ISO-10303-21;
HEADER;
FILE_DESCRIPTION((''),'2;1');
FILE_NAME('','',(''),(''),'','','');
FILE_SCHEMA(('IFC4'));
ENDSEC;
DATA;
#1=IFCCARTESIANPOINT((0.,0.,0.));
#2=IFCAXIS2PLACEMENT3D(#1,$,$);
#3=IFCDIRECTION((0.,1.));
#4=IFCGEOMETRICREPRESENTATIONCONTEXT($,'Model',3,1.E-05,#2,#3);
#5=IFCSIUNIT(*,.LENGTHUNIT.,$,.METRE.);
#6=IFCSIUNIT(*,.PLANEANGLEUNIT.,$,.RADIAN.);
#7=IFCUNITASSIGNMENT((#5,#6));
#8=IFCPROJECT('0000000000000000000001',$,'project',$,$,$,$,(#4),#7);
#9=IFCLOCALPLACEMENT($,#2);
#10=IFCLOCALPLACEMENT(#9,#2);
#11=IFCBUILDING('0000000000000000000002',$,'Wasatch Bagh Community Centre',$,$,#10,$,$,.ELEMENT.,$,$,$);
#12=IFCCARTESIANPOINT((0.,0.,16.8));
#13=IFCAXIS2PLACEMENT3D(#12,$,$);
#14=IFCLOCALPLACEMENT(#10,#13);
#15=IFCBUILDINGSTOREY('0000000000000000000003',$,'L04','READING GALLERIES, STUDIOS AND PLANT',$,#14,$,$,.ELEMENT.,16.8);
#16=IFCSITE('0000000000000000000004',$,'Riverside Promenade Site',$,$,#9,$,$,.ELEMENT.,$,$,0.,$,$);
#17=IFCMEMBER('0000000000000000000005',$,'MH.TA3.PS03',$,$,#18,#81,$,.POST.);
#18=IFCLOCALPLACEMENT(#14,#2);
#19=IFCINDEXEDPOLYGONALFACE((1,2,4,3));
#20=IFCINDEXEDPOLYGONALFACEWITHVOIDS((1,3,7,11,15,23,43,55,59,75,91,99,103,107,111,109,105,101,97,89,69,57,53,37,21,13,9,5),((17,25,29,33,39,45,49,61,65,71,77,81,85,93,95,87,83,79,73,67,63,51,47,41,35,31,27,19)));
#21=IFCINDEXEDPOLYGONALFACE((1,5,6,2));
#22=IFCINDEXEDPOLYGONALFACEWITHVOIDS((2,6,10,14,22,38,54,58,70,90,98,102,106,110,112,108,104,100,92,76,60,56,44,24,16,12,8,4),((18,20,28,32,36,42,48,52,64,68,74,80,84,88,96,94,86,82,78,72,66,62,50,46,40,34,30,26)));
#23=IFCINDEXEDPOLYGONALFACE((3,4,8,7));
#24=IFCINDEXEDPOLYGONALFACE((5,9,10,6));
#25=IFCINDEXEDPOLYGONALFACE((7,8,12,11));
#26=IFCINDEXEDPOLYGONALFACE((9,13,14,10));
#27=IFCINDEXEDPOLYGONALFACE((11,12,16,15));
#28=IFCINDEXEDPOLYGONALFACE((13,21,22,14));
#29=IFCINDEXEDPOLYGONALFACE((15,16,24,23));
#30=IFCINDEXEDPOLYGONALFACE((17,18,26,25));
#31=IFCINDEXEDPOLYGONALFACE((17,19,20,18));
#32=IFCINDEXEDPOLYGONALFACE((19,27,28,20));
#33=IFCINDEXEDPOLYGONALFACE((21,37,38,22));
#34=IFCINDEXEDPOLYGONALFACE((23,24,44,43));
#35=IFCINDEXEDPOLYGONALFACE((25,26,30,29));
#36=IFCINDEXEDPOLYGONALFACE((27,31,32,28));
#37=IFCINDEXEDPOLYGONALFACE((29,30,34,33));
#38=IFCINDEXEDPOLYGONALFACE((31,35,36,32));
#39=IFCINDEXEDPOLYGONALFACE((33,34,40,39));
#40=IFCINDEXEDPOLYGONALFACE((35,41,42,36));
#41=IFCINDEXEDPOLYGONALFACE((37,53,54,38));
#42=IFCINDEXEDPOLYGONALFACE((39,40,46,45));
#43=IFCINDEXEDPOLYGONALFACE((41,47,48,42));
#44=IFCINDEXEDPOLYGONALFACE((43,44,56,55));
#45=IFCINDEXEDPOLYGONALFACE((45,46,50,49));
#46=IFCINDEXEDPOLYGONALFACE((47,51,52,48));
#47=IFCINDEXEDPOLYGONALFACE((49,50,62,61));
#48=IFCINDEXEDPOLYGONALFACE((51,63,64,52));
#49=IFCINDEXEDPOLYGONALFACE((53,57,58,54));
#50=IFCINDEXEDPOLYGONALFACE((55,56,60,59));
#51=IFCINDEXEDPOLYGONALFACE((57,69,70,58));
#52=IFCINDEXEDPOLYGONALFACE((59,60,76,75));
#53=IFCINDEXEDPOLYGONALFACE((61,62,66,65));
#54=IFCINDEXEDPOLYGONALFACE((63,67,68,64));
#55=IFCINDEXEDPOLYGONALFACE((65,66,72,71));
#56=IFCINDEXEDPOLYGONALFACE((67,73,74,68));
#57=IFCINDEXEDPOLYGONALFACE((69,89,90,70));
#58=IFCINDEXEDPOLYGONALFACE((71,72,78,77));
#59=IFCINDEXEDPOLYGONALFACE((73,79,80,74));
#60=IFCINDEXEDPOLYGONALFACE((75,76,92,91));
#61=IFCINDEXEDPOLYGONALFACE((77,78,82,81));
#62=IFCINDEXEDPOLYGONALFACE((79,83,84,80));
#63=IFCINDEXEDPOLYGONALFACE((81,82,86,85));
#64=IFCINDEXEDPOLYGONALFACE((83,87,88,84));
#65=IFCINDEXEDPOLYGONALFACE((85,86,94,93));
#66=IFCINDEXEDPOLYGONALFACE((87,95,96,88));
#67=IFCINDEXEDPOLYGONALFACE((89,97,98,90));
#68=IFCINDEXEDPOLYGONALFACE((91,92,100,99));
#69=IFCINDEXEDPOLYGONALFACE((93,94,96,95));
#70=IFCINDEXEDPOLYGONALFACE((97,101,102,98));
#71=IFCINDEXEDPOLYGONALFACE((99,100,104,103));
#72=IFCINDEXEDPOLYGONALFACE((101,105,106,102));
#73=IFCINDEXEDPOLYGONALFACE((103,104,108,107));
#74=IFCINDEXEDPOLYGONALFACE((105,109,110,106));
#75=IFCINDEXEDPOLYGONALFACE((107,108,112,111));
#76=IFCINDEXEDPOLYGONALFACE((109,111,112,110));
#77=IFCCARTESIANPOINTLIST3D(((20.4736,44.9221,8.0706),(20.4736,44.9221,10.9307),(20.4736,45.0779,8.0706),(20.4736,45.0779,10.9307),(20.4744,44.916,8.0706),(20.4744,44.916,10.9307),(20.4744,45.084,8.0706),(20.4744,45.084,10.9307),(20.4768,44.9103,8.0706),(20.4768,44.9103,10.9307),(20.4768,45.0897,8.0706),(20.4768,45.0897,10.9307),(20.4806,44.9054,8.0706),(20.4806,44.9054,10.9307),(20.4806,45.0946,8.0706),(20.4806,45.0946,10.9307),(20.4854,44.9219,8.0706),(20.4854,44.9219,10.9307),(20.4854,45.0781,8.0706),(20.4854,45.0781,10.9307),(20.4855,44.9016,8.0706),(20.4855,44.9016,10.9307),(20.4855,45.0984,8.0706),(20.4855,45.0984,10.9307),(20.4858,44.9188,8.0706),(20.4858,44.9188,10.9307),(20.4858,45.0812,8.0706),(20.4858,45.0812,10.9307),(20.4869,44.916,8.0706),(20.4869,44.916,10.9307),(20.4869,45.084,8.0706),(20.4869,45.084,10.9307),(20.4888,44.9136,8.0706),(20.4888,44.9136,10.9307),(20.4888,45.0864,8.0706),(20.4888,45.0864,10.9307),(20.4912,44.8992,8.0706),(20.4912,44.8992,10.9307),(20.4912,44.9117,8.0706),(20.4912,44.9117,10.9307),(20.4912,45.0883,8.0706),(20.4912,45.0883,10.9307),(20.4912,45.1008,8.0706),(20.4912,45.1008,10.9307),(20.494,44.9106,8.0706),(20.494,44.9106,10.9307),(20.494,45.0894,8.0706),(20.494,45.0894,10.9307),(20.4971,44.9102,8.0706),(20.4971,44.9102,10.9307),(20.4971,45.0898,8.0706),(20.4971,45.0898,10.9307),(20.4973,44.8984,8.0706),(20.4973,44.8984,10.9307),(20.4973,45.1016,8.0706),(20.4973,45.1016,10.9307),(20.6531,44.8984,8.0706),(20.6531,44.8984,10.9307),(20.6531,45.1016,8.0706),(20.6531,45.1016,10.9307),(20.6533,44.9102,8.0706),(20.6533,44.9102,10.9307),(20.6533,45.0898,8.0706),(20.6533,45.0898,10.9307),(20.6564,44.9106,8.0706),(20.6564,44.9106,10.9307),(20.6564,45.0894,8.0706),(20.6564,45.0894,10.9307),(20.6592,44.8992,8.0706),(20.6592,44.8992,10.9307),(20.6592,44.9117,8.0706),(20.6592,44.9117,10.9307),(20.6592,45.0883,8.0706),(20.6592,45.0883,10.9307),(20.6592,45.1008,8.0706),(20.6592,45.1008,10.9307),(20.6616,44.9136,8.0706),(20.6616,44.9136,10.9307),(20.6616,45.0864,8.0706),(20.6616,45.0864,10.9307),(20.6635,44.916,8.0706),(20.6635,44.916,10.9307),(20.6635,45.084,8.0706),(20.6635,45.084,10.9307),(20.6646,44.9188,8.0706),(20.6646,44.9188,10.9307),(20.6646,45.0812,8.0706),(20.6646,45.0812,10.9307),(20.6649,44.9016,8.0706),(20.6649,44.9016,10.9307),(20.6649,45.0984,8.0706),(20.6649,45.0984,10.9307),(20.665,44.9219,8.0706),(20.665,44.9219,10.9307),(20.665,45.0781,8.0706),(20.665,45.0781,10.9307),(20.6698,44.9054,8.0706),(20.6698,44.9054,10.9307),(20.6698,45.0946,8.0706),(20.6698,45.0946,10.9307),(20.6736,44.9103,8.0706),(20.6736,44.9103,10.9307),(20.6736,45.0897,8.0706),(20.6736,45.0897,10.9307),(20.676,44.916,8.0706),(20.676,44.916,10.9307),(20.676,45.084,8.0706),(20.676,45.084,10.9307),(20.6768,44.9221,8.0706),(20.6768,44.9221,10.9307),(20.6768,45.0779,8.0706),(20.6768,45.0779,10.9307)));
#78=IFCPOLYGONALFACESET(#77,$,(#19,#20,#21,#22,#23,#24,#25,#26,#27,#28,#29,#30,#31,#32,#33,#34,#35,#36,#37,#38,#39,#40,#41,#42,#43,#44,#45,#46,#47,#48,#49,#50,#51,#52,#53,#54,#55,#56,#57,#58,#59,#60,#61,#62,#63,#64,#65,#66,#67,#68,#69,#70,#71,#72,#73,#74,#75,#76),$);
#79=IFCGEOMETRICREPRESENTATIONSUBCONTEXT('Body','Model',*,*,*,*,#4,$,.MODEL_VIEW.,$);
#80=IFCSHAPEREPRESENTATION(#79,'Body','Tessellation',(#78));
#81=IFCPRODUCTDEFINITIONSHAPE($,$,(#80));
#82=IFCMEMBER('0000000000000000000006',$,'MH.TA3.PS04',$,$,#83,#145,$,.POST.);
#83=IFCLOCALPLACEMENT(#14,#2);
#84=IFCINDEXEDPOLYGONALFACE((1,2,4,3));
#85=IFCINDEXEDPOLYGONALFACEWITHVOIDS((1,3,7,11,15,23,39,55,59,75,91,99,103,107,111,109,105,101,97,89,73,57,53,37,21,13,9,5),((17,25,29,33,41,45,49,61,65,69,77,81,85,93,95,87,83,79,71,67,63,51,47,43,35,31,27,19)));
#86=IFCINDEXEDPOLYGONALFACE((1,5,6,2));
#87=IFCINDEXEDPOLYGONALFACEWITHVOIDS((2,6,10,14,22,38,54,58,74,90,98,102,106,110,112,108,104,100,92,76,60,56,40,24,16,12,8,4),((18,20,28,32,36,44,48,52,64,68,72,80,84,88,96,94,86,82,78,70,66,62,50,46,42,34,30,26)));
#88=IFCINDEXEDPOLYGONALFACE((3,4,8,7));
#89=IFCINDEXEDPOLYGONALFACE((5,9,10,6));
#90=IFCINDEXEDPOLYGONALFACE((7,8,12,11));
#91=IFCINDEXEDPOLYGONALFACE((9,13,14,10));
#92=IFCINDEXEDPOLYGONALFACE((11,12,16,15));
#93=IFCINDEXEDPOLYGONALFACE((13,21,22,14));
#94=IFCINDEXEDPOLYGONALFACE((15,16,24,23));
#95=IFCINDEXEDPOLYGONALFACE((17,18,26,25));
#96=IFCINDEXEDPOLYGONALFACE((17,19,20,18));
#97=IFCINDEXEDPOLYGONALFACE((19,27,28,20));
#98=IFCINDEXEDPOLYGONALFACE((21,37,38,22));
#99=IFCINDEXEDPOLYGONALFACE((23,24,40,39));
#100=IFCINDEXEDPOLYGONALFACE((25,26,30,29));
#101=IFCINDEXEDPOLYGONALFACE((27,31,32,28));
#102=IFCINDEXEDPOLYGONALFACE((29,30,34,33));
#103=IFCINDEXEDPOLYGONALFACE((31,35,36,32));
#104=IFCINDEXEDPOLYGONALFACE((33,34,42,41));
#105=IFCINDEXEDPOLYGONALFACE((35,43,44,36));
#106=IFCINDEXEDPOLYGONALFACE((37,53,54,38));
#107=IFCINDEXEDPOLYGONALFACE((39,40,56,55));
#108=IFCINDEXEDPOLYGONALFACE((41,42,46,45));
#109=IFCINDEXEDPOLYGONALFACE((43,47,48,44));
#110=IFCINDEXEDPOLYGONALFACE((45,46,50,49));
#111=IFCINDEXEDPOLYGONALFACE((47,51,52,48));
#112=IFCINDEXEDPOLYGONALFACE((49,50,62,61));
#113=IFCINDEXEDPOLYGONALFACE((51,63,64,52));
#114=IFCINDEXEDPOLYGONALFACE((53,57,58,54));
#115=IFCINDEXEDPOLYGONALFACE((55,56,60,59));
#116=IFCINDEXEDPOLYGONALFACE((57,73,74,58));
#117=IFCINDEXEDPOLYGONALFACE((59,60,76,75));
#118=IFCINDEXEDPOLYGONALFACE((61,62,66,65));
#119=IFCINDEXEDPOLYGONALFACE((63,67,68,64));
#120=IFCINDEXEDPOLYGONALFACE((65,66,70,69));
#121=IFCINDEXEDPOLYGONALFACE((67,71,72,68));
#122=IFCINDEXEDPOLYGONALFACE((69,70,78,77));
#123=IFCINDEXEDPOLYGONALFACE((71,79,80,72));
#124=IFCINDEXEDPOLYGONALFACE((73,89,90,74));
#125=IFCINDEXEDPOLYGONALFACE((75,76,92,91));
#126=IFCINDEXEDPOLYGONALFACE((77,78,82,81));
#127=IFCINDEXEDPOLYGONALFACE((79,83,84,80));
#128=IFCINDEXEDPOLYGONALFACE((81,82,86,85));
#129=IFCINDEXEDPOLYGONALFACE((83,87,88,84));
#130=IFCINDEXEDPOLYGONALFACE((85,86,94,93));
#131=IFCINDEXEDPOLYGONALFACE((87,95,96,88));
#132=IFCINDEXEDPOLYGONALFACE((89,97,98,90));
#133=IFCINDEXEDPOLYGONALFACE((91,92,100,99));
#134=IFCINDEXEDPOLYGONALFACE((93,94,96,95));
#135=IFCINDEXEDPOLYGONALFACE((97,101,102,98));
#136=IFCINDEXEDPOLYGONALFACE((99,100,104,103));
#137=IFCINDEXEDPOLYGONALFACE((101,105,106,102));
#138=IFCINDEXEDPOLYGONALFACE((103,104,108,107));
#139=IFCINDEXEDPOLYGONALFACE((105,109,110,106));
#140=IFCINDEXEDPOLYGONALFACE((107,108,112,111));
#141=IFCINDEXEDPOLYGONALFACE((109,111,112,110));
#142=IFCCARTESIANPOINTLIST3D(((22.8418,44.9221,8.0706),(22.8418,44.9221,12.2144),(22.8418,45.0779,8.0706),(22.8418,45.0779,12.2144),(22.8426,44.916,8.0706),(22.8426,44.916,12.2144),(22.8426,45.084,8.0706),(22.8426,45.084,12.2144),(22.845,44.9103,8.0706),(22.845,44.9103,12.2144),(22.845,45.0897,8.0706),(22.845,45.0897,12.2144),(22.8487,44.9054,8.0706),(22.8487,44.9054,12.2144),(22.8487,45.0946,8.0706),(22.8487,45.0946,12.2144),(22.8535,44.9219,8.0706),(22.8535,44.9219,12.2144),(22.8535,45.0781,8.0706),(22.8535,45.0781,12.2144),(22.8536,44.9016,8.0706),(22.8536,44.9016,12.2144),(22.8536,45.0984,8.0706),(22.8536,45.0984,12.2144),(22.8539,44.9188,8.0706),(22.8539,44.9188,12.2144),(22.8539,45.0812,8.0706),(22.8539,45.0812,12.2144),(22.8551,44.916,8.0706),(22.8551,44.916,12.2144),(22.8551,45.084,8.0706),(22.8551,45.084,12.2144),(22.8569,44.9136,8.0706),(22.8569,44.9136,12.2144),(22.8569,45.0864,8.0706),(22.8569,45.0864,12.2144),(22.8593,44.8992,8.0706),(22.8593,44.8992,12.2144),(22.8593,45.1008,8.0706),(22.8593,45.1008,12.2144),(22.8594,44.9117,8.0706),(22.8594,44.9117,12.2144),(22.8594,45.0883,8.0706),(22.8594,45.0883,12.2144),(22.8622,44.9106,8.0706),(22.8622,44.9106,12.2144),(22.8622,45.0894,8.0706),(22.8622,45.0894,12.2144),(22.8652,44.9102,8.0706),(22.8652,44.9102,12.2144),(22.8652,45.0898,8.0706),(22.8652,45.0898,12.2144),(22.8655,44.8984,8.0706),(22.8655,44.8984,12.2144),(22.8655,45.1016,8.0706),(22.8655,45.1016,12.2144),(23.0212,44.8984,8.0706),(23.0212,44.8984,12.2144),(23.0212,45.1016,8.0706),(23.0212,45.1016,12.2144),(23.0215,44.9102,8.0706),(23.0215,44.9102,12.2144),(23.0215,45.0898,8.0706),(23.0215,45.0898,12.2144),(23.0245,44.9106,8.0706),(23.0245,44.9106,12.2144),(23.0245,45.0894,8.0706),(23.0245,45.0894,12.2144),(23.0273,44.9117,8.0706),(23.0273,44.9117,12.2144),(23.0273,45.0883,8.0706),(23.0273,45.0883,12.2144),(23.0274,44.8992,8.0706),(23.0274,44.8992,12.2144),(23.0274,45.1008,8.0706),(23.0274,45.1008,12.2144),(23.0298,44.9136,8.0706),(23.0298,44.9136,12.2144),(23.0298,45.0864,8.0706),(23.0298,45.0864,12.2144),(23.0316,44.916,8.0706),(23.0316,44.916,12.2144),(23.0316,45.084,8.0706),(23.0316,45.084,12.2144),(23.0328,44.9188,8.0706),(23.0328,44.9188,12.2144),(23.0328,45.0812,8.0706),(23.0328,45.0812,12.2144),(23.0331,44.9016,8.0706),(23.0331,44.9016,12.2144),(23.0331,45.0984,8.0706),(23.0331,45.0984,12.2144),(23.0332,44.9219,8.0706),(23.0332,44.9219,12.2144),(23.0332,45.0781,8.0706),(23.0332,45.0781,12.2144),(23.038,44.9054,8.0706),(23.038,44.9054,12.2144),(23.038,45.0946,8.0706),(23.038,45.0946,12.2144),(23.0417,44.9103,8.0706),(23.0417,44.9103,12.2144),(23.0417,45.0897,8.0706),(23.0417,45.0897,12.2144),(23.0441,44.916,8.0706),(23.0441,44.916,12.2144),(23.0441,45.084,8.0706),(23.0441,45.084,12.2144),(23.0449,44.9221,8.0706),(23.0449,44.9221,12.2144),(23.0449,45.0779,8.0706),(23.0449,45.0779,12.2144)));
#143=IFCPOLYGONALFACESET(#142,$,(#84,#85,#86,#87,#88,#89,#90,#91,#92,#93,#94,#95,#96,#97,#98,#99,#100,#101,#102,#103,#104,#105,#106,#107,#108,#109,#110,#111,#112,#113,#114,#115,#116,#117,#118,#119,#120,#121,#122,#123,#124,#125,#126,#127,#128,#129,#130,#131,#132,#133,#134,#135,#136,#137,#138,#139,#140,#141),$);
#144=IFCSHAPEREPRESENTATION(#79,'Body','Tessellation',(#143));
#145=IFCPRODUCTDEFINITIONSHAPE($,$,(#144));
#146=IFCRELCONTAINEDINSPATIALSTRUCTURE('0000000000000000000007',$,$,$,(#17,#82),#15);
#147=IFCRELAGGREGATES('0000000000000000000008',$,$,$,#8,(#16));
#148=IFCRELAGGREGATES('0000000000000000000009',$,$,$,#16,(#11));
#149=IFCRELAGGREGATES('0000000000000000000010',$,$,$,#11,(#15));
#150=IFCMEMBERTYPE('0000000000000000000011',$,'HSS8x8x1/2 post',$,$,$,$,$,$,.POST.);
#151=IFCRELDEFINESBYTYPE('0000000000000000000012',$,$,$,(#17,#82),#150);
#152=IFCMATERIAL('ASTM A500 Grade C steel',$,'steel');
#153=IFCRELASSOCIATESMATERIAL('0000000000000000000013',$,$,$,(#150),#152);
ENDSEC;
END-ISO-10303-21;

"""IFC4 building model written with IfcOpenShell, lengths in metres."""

from ifc_helpers import new_model, si_unit, direction, frame, origin, origin_2d, place, context, subcontext, project, spatial, hollow_rectangle, extrude, material, material_profile, profile_set, type_object, element, save


model = new_model("IFC4")

# Units and contexts
model_context = context("Model", 3, precision=1e-05, world=origin(), true_north=direction((0.0, 1.0)))
body_context = subcontext(model_context, "Body", "Model", "MODEL_VIEW")
ifc_project = project(units=[si_unit("LENGTHUNIT", "METRE"), si_unit("PLANEANGLEUNIT", "RADIAN")], contexts=[model_context])

# Site, building, storey
site_placement = place(None, origin())
site = spatial("IfcSite", under=ifc_project, at=site_placement, Name="Riverside Promenade Site", CompositionType="ELEMENT", RefElevation=0.0)
building_placement = place(site_placement, origin())
building = spatial("IfcBuilding", under=site, at=building_placement, Name="Wasatch Bagh Community Centre", CompositionType="ELEMENT")
storey_placement = place(building_placement, frame((0.0, 0.0, 16.8)))
storey = spatial("IfcBuildingStorey", under=building, at=storey_placement, Name="L04", Description="READING GALLERIES, STUDIOS AND PLANT", CompositionType="ELEMENT", Elevation=16.8)

# Members
ifc_material_1 = material(Name="ASTM A500 Grade C steel", Category="steel")
ifc_material_profile_1 = material_profile(ifc_material_1, hollow_rectangle(XDim=0.2031, YDim=0.2031, WallThickness=0.0117, InnerFilletRadius=0.0117, OuterFilletRadius=0.0237, at=origin_2d()), Name="HSS8x8x1/2")
ifc_profile_set_1 = profile_set([ifc_material_profile_1], Name="ASTM A500 Grade C steel")
member_type_1 = type_object("IfcMemberType", Name="HSS8x8x1/2 post", PredefinedType="POST", material=ifc_profile_set_1)
member_1_placement = place(storey_placement, frame((20.5752, 45.0, 8.0706), z_axis=(0.0, 0.0, 1.0), x_axis=(1.0, 0.0, 0.0)))
element("IfcMember", 1, at=member_1_placement, inside=storey, type_object=member_type_1, Name="MH.TA3.PS03", PredefinedType="POST", context=body_context, shape_type="SweptSolid", body=[
    extrude(hollow_rectangle(XDim=0.2031, YDim=0.2031, WallThickness=0.0117, InnerFilletRadius=0.0117, OuterFilletRadius=0.0237, at=origin_2d()), origin(), (0.0, 0.0, 1.0), 2.8601),
])
member_2_placement = place(storey_placement, frame((22.9434, 45.0, 8.0706), z_axis=(0.0, 0.0, 1.0), x_axis=(1.0, 0.0, 0.0)))
element("IfcMember", 2, at=member_2_placement, inside=storey, type_object=member_type_1, Name="MH.TA3.PS04", PredefinedType="POST", context=body_context, shape_type="SweptSolid", body=[
    extrude(hollow_rectangle(XDim=0.2031, YDim=0.2031, WallThickness=0.0117, InnerFilletRadius=0.0117, OuterFilletRadius=0.0237, at=origin_2d()), origin(), (0.0, 0.0, 1.0), 4.1438),
])

save(model, "model.ifc")
